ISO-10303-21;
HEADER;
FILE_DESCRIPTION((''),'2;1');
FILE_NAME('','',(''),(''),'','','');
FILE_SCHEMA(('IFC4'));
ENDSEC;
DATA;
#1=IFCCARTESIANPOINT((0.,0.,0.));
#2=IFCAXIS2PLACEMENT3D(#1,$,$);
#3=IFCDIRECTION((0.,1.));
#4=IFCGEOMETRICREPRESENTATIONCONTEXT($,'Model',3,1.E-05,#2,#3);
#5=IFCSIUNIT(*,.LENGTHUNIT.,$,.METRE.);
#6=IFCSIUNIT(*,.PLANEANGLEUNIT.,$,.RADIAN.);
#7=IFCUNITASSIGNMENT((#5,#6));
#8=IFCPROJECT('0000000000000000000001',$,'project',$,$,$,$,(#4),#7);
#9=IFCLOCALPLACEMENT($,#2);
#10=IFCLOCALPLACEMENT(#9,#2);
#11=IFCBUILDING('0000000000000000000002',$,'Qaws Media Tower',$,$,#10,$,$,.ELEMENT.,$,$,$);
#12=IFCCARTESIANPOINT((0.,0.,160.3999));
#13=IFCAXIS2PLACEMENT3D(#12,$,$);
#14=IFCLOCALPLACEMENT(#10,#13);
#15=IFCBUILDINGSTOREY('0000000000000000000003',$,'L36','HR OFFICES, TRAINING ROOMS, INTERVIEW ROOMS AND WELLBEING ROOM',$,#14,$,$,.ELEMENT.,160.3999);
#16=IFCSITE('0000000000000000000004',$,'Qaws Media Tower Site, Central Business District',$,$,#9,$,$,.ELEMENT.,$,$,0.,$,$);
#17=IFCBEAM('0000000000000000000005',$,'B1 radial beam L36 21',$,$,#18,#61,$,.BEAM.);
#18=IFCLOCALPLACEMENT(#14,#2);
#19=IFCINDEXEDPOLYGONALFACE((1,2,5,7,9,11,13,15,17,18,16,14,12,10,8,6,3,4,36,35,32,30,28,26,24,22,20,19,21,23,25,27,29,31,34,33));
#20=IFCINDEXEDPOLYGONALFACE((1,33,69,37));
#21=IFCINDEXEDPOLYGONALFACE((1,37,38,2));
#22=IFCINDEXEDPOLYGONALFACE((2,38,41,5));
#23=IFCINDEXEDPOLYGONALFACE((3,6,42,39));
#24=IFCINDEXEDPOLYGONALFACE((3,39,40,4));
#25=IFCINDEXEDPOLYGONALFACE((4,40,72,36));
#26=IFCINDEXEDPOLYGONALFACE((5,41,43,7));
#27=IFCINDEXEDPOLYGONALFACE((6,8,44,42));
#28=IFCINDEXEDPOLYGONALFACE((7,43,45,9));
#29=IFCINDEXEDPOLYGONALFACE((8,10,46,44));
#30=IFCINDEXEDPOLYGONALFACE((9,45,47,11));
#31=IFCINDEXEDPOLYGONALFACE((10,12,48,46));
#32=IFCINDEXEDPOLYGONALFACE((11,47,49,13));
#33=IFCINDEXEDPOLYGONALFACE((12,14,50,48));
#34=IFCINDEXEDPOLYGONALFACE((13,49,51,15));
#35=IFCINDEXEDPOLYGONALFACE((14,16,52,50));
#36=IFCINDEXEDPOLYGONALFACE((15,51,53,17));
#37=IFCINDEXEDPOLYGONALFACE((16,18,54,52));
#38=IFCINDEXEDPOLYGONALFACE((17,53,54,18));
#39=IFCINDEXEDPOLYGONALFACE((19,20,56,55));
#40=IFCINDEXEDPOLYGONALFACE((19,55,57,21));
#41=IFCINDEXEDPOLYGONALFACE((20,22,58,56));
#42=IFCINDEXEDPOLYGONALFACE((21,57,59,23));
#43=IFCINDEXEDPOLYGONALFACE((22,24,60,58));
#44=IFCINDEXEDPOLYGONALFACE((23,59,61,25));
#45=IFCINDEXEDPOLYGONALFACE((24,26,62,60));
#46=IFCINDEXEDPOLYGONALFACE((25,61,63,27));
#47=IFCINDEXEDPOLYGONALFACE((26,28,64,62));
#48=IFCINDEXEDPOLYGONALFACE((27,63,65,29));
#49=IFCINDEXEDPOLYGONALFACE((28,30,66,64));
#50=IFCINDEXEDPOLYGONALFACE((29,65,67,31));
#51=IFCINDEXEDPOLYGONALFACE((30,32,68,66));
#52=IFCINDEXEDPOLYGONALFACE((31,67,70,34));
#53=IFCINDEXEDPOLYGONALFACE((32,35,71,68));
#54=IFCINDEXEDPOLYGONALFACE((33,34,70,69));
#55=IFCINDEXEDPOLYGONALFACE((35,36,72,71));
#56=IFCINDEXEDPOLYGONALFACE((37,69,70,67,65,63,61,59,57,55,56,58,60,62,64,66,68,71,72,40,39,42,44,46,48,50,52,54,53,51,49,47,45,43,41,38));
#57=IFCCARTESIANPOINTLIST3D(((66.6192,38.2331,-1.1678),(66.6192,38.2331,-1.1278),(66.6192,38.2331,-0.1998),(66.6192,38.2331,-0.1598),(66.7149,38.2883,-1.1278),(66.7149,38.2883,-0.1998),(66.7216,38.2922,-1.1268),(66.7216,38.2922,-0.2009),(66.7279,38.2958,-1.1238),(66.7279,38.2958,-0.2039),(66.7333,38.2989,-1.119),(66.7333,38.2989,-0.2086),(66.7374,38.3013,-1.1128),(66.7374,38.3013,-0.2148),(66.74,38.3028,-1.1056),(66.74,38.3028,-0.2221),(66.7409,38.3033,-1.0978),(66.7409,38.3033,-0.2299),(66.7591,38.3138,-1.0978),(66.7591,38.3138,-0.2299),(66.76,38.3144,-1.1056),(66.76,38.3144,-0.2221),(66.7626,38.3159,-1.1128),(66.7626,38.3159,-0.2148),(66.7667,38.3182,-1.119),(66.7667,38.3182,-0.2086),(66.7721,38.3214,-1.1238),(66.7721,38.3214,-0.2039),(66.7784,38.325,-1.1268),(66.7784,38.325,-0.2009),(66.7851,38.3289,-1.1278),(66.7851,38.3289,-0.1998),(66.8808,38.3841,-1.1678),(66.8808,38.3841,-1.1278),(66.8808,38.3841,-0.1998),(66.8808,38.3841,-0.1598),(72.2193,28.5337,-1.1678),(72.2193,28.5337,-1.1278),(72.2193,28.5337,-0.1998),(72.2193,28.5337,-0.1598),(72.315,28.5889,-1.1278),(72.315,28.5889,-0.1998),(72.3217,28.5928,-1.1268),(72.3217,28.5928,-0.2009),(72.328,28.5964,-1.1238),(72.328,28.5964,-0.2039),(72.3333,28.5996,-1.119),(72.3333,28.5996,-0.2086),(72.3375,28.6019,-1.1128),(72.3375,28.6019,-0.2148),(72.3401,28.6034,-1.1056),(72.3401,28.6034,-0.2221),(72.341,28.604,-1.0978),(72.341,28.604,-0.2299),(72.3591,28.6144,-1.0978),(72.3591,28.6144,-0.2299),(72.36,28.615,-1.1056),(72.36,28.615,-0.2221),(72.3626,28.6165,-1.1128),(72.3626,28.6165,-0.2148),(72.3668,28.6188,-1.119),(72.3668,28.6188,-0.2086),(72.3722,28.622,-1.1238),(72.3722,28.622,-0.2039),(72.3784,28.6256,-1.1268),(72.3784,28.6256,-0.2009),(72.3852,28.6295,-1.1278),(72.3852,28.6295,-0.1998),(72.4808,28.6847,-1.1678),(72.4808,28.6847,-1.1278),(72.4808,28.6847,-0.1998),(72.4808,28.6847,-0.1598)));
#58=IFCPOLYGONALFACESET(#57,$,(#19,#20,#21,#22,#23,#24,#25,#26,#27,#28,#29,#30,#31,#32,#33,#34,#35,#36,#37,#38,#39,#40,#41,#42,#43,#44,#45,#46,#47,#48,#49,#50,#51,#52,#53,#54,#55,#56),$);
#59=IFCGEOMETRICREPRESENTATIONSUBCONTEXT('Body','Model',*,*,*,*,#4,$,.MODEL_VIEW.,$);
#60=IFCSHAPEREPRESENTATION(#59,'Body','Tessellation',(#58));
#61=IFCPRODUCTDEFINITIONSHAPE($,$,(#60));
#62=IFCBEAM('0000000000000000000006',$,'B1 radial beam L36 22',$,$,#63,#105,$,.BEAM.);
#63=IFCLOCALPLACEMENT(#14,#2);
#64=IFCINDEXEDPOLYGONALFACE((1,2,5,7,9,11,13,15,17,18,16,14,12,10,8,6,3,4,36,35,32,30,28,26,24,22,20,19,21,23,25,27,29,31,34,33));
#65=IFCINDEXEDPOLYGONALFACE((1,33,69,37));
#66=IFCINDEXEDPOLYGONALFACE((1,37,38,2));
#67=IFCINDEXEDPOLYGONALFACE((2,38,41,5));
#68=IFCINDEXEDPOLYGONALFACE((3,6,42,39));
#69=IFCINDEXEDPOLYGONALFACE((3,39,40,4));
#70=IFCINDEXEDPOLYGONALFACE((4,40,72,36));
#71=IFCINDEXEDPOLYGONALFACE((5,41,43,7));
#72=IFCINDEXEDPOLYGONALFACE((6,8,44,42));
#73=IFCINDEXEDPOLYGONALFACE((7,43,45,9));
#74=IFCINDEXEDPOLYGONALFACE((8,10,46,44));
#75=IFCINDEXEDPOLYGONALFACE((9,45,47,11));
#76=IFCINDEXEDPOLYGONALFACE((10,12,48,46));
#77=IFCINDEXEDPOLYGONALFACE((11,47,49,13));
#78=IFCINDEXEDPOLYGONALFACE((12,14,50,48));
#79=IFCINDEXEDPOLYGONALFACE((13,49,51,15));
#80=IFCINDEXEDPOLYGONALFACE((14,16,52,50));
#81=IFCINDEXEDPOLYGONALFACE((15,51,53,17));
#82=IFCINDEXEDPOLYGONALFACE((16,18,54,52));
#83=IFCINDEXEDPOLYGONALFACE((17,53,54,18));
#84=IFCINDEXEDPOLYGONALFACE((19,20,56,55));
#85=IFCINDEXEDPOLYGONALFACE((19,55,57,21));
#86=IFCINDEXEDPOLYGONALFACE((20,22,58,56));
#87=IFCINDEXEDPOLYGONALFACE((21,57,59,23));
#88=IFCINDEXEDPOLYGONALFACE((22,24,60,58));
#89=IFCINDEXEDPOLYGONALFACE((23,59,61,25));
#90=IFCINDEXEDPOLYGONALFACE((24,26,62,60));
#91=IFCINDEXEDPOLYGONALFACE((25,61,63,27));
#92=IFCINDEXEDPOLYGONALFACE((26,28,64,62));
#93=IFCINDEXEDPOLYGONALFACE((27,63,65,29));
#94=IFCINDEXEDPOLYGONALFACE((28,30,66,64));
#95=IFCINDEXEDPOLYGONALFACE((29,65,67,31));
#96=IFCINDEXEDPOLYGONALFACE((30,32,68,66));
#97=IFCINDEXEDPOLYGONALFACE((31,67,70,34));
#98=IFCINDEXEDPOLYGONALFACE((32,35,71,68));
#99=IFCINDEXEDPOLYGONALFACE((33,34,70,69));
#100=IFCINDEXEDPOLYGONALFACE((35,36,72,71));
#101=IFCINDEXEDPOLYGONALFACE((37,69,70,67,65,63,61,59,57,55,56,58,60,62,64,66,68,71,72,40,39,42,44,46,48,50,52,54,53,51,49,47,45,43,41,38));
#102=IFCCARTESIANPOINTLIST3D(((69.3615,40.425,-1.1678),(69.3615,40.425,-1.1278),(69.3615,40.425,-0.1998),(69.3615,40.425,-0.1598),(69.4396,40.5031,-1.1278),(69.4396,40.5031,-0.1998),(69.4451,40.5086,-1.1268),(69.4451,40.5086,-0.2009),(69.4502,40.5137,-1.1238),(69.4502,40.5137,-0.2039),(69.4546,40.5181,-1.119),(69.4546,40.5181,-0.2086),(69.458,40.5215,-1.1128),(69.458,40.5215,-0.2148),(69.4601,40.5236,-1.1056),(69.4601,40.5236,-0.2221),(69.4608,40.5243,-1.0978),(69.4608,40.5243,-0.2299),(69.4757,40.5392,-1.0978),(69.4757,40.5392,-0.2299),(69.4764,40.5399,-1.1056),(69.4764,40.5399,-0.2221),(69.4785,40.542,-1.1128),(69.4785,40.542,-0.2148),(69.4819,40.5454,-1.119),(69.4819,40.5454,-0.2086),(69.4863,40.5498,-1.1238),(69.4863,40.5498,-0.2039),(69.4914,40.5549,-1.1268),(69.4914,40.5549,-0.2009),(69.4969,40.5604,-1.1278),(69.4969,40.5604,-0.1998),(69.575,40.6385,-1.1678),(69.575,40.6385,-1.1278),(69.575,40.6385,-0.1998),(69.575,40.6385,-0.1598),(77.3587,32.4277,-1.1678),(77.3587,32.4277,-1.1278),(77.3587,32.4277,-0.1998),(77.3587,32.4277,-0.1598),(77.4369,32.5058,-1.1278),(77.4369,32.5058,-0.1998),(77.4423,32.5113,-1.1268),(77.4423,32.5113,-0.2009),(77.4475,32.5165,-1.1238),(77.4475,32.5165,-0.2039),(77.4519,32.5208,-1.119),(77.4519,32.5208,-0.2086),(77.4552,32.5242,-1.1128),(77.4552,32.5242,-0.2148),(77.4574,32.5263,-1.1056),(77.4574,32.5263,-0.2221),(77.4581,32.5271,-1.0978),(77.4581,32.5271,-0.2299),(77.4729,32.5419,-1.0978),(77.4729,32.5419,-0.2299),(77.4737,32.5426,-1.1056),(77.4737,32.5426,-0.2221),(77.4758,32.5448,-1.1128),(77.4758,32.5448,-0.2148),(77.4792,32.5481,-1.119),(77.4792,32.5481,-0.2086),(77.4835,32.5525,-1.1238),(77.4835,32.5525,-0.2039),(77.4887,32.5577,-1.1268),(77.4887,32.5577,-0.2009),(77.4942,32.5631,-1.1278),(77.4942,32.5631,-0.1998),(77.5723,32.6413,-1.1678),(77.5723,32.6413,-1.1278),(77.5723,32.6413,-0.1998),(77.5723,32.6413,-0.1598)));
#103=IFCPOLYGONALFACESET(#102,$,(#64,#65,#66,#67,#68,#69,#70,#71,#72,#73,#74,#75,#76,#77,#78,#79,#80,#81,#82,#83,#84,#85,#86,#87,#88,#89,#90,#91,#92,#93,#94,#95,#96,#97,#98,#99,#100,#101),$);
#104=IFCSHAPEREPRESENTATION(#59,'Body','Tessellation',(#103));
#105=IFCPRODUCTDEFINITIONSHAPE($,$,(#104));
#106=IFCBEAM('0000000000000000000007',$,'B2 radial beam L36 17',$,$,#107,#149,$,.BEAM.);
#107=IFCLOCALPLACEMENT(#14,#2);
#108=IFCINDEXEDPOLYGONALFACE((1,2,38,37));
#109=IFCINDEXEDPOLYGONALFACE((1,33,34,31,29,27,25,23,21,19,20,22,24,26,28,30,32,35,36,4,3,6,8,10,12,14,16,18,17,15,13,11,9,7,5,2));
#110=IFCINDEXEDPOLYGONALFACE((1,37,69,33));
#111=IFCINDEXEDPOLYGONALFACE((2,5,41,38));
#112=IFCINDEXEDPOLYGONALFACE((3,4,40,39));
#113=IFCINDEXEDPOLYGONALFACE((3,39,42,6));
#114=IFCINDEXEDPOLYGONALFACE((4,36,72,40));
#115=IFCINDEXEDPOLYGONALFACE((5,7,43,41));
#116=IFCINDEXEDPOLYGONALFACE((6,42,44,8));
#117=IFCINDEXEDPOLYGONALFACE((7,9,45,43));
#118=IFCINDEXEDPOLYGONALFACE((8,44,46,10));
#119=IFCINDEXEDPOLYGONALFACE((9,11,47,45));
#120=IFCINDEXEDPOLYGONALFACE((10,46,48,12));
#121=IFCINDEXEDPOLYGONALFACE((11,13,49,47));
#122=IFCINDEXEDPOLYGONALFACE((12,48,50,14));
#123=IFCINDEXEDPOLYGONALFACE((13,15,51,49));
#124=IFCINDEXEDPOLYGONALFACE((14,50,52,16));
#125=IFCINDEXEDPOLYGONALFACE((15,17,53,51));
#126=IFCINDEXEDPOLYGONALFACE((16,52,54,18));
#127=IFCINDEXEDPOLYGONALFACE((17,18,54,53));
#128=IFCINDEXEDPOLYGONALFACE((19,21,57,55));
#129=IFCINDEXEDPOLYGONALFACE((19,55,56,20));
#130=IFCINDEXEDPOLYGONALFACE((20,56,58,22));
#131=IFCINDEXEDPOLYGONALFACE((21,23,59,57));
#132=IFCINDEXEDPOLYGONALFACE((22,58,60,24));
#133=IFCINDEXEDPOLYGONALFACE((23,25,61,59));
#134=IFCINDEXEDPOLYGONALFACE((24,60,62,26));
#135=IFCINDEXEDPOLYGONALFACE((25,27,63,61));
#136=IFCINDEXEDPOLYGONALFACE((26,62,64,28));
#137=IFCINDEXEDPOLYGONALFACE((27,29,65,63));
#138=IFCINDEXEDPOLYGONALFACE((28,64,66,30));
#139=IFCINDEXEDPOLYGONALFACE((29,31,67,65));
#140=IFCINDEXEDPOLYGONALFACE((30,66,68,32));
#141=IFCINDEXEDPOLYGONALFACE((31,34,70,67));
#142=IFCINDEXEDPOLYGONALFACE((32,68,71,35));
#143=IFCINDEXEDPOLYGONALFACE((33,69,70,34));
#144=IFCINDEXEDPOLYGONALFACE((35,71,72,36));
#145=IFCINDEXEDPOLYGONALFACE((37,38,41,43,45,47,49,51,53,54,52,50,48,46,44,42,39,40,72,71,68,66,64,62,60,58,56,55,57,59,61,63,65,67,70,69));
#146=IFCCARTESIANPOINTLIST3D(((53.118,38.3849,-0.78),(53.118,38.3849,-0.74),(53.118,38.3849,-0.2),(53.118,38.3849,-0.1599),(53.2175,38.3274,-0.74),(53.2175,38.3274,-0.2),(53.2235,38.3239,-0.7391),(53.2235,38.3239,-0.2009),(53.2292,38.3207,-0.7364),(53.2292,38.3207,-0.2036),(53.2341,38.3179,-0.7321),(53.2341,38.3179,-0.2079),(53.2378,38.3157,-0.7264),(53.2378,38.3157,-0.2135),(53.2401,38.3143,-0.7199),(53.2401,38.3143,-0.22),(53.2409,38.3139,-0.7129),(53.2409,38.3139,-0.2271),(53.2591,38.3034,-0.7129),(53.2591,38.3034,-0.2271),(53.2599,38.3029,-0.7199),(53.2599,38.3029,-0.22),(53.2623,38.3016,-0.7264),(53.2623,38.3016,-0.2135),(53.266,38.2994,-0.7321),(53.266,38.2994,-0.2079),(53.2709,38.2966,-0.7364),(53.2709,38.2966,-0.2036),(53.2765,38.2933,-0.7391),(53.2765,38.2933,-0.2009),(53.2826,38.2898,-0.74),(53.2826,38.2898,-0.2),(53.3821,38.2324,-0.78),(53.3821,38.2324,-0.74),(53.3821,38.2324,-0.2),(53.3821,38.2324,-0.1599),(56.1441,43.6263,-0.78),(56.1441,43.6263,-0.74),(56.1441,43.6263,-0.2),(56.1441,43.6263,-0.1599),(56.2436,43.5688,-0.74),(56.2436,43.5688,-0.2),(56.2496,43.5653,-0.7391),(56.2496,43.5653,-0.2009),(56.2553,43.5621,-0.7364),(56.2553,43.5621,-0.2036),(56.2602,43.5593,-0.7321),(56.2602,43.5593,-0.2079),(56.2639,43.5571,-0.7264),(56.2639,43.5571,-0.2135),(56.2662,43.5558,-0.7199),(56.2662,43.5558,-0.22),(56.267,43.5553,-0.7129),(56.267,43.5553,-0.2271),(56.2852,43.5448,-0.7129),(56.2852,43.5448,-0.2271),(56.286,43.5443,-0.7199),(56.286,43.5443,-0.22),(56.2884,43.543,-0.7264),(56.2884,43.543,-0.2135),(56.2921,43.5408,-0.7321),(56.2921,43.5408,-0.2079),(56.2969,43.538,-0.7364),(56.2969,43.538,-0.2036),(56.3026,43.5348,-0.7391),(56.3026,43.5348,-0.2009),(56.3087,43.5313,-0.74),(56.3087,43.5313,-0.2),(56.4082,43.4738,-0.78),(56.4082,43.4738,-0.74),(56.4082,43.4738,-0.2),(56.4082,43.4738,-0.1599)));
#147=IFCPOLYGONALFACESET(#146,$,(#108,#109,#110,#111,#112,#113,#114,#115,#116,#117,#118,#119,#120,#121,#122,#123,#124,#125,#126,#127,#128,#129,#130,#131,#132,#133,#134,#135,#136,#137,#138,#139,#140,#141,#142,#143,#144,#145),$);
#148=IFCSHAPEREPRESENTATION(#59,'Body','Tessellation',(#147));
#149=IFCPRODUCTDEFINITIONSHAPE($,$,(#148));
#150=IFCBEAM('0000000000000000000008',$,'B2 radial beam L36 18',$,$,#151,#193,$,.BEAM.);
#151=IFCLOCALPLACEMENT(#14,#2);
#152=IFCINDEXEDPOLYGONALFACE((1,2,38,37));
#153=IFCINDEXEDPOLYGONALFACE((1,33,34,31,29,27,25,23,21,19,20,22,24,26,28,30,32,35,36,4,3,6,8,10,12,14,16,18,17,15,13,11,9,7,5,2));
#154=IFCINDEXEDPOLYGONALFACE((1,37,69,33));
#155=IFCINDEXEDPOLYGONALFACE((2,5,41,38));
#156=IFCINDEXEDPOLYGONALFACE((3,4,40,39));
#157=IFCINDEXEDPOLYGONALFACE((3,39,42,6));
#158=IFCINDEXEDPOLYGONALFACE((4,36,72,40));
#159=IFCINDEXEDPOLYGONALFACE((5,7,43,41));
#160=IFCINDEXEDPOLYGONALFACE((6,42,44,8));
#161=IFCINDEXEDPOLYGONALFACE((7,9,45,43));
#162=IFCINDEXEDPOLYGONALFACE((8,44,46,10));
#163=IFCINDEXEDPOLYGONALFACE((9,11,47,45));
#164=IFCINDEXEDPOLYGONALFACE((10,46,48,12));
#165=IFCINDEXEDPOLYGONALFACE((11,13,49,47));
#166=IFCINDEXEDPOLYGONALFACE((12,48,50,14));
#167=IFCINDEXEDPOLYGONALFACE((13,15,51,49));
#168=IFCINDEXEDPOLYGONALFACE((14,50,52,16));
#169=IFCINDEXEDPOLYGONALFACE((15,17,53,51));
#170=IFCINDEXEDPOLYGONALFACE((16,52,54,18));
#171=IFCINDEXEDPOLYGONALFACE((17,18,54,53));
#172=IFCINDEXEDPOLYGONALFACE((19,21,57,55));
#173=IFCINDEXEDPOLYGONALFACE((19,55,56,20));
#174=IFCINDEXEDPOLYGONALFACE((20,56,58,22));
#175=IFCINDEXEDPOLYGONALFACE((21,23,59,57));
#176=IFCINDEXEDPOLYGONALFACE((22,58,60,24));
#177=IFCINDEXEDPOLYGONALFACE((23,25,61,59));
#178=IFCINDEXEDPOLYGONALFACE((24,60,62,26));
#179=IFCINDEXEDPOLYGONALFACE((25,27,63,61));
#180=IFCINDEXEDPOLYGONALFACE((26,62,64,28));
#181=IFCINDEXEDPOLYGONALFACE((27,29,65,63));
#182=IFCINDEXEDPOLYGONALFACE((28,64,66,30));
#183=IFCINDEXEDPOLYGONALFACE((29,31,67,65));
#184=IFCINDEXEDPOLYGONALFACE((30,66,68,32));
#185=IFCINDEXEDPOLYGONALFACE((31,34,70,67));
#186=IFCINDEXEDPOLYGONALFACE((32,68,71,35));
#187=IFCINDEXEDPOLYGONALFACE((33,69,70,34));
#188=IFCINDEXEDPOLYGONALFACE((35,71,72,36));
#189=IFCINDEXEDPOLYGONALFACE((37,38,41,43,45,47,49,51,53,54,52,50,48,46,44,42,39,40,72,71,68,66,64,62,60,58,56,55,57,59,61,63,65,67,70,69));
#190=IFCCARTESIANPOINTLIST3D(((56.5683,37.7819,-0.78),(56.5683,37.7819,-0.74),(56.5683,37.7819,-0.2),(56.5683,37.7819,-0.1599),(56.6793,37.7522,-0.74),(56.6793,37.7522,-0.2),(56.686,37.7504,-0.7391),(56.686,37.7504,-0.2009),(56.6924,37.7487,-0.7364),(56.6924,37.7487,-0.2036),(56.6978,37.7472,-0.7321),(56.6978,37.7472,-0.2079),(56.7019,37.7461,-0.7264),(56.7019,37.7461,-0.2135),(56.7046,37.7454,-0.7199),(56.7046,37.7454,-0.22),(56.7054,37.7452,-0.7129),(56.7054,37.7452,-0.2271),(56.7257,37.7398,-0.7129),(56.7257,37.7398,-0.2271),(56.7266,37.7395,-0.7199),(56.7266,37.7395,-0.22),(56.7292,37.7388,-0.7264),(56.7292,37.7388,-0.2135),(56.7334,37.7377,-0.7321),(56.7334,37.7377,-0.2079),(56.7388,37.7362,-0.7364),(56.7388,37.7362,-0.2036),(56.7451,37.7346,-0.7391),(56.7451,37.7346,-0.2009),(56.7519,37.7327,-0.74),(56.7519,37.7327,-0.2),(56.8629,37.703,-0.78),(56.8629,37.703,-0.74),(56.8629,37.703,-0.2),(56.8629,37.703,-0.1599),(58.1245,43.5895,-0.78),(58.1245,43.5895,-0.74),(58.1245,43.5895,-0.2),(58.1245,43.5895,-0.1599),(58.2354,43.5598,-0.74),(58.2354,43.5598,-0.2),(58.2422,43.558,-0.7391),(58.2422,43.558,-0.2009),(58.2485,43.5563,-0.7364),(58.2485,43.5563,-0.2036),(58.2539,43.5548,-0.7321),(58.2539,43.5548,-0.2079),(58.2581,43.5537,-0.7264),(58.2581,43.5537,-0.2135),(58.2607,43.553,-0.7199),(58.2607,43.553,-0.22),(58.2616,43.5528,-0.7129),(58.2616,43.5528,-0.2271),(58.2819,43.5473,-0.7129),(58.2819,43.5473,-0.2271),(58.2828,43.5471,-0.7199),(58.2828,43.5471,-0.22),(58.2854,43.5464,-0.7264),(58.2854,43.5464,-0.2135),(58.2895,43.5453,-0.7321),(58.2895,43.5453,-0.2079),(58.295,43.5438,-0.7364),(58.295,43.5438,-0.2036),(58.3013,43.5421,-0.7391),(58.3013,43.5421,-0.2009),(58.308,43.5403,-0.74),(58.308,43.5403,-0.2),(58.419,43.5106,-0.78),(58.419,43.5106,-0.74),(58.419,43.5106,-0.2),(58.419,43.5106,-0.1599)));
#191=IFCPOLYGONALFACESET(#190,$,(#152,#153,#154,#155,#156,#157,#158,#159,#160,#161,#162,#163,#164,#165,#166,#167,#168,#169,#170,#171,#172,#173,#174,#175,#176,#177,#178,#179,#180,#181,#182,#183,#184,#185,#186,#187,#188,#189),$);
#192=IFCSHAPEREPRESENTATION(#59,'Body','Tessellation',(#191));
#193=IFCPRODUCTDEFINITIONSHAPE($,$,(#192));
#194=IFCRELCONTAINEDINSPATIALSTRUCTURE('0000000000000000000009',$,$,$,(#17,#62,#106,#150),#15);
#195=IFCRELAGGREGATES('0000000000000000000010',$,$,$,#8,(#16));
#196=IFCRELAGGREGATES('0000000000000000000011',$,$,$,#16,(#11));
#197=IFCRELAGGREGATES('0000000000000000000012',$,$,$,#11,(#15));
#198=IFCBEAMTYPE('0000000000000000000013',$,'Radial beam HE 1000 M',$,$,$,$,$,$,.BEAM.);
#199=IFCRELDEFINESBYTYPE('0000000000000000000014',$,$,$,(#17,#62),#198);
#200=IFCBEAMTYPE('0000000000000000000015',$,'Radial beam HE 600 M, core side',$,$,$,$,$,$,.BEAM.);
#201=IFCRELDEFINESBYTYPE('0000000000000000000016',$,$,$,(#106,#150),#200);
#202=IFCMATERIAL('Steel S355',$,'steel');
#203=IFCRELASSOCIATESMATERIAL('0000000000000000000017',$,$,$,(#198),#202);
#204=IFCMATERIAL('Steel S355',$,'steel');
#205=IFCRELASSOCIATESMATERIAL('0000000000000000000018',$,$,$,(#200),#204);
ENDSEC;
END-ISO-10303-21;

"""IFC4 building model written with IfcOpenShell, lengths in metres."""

from ifc_helpers import new_model, si_unit, direction, frame, origin, origin_2d, place, context, subcontext, project, spatial, i_section, extrude, material, material_profile, profile_set, type_object, element, save


model = new_model("IFC4")

# Units and contexts
model_context = context("Model", 3, precision=1e-05, world=origin(), true_north=direction((0.0, 1.0)))
body_context = subcontext(model_context, "Body", "Model", "MODEL_VIEW")
ifc_project = project(units=[si_unit("LENGTHUNIT", "METRE"), si_unit("PLANEANGLEUNIT", "RADIAN")], contexts=[model_context])

# Site, building, storey
site_placement = place(None, origin())
site = spatial("IfcSite", under=ifc_project, at=site_placement, Name="Qaws Media Tower Site, Central Business District", CompositionType="ELEMENT", RefElevation=0.0)
building_placement = place(site_placement, origin())
building = spatial("IfcBuilding", under=site, at=building_placement, Name="Qaws Media Tower", CompositionType="ELEMENT")
storey_placement = place(building_placement, frame((0.0, 0.0, 160.3999)))
storey = spatial("IfcBuildingStorey", under=building, at=storey_placement, Name="L36", Description="HR OFFICES, TRAINING ROOMS, INTERVIEW ROOMS AND WELLBEING ROOM", CompositionType="ELEMENT", Elevation=160.3999)

# Beams
ifc_material_1 = material(Name="Steel S355", Category="steel")
ifc_material_profile_1 = material_profile(ifc_material_1, i_section(OverallWidth=0.302, OverallDepth=1.0081, WebThickness=0.021, FlangeThickness=0.04, FilletRadius=0.03, at=origin_2d()), Name="HE 1000 M")
ifc_profile_set_1 = profile_set([ifc_material_profile_1], Name="Steel S355")
beam_type_1 = type_object("IfcBeamType", Name="Radial beam HE 1000 M", PredefinedType="BEAM", material=ifc_profile_set_1)
beam_1_placement = place(storey_placement, frame((66.75, 38.3086, -0.6638), z_axis=(0.500007, -0.866021, 0.0), x_axis=(0.866021, 0.500007, 0.0)))
element("IfcBeam", 1, at=beam_1_placement, inside=storey, type_object=beam_type_1, Name="B1 radial beam L36 21", PredefinedType="BEAM", context=body_context, shape_type="SweptSolid", body=[
    extrude(i_section(OverallWidth=0.302, OverallDepth=1.0081, WebThickness=0.021, FlangeThickness=0.04, FilletRadius=0.03, at=origin_2d()), origin(), (0.0, 0.0, 1.0), 11.2),
])
beam_2_placement = place(storey_placement, frame((69.4683, 40.5317, -0.6638), z_axis=(0.707107, -0.707107, 0.0), x_axis=(0.707107, 0.707107, 0.0)))
element("IfcBeam", 2, at=beam_2_placement, inside=storey, type_object=beam_type_1, Name="B1 radial beam L36 22", PredefinedType="BEAM", context=body_context, shape_type="SweptSolid", body=[
    extrude(i_section(OverallWidth=0.302, OverallDepth=1.0081, WebThickness=0.021, FlangeThickness=0.04, FilletRadius=0.03, at=origin_2d()), origin(), (0.0, 0.0, 1.0), 11.3098),
])
ifc_material_2 = material(Name="Steel S355", Category="steel")
ifc_material_profile_2 = material_profile(ifc_material_2, i_section(OverallWidth=0.3049, OverallDepth=0.6201, WebThickness=0.021, FlangeThickness=0.04, FilletRadius=0.0271, at=origin_2d()), Name="HE 600 M")
ifc_profile_set_2 = profile_set([ifc_material_profile_2], Name="Steel S355")
beam_type_2 = type_object("IfcBeamType", Name="Radial beam HE 600 M, core side", PredefinedType="BEAM", material=ifc_profile_set_2)
beam_3_placement = place(storey_placement, frame((56.2761, 43.55, -0.47), z_axis=(-0.499996, -0.866028, 0.0), x_axis=(0.866028, -0.499996, 0.0)))
element("IfcBeam", 3, at=beam_3_placement, inside=storey, type_object=beam_type_2, Name="B2 radial beam L36 17", PredefinedType="BEAM", context=body_context, shape_type="SweptSolid", body=[
    extrude(i_section(OverallWidth=0.3049, OverallDepth=0.6201, WebThickness=0.021, FlangeThickness=0.04, FilletRadius=0.0271, at=origin_2d()), origin(), (0.0, 0.0, 1.0), 6.0522),
])
beam_4_placement = place(storey_placement, frame((58.2717, 43.55, -0.47), z_axis=(-0.25882, -0.965926, 0.0), x_axis=(0.965926, -0.25882, 0.0)))
element("IfcBeam", 4, at=beam_4_placement, inside=storey, type_object=beam_type_2, Name="B2 radial beam L36 18", PredefinedType="BEAM", context=body_context, shape_type="SweptSolid", body=[
    extrude(i_section(OverallWidth=0.3049, OverallDepth=0.6201, WebThickness=0.021, FlangeThickness=0.04, FilletRadius=0.0271, at=origin_2d()), origin(), (0.0, 0.0, 1.0), 6.0125),
])

save(model, "model.ifc")
